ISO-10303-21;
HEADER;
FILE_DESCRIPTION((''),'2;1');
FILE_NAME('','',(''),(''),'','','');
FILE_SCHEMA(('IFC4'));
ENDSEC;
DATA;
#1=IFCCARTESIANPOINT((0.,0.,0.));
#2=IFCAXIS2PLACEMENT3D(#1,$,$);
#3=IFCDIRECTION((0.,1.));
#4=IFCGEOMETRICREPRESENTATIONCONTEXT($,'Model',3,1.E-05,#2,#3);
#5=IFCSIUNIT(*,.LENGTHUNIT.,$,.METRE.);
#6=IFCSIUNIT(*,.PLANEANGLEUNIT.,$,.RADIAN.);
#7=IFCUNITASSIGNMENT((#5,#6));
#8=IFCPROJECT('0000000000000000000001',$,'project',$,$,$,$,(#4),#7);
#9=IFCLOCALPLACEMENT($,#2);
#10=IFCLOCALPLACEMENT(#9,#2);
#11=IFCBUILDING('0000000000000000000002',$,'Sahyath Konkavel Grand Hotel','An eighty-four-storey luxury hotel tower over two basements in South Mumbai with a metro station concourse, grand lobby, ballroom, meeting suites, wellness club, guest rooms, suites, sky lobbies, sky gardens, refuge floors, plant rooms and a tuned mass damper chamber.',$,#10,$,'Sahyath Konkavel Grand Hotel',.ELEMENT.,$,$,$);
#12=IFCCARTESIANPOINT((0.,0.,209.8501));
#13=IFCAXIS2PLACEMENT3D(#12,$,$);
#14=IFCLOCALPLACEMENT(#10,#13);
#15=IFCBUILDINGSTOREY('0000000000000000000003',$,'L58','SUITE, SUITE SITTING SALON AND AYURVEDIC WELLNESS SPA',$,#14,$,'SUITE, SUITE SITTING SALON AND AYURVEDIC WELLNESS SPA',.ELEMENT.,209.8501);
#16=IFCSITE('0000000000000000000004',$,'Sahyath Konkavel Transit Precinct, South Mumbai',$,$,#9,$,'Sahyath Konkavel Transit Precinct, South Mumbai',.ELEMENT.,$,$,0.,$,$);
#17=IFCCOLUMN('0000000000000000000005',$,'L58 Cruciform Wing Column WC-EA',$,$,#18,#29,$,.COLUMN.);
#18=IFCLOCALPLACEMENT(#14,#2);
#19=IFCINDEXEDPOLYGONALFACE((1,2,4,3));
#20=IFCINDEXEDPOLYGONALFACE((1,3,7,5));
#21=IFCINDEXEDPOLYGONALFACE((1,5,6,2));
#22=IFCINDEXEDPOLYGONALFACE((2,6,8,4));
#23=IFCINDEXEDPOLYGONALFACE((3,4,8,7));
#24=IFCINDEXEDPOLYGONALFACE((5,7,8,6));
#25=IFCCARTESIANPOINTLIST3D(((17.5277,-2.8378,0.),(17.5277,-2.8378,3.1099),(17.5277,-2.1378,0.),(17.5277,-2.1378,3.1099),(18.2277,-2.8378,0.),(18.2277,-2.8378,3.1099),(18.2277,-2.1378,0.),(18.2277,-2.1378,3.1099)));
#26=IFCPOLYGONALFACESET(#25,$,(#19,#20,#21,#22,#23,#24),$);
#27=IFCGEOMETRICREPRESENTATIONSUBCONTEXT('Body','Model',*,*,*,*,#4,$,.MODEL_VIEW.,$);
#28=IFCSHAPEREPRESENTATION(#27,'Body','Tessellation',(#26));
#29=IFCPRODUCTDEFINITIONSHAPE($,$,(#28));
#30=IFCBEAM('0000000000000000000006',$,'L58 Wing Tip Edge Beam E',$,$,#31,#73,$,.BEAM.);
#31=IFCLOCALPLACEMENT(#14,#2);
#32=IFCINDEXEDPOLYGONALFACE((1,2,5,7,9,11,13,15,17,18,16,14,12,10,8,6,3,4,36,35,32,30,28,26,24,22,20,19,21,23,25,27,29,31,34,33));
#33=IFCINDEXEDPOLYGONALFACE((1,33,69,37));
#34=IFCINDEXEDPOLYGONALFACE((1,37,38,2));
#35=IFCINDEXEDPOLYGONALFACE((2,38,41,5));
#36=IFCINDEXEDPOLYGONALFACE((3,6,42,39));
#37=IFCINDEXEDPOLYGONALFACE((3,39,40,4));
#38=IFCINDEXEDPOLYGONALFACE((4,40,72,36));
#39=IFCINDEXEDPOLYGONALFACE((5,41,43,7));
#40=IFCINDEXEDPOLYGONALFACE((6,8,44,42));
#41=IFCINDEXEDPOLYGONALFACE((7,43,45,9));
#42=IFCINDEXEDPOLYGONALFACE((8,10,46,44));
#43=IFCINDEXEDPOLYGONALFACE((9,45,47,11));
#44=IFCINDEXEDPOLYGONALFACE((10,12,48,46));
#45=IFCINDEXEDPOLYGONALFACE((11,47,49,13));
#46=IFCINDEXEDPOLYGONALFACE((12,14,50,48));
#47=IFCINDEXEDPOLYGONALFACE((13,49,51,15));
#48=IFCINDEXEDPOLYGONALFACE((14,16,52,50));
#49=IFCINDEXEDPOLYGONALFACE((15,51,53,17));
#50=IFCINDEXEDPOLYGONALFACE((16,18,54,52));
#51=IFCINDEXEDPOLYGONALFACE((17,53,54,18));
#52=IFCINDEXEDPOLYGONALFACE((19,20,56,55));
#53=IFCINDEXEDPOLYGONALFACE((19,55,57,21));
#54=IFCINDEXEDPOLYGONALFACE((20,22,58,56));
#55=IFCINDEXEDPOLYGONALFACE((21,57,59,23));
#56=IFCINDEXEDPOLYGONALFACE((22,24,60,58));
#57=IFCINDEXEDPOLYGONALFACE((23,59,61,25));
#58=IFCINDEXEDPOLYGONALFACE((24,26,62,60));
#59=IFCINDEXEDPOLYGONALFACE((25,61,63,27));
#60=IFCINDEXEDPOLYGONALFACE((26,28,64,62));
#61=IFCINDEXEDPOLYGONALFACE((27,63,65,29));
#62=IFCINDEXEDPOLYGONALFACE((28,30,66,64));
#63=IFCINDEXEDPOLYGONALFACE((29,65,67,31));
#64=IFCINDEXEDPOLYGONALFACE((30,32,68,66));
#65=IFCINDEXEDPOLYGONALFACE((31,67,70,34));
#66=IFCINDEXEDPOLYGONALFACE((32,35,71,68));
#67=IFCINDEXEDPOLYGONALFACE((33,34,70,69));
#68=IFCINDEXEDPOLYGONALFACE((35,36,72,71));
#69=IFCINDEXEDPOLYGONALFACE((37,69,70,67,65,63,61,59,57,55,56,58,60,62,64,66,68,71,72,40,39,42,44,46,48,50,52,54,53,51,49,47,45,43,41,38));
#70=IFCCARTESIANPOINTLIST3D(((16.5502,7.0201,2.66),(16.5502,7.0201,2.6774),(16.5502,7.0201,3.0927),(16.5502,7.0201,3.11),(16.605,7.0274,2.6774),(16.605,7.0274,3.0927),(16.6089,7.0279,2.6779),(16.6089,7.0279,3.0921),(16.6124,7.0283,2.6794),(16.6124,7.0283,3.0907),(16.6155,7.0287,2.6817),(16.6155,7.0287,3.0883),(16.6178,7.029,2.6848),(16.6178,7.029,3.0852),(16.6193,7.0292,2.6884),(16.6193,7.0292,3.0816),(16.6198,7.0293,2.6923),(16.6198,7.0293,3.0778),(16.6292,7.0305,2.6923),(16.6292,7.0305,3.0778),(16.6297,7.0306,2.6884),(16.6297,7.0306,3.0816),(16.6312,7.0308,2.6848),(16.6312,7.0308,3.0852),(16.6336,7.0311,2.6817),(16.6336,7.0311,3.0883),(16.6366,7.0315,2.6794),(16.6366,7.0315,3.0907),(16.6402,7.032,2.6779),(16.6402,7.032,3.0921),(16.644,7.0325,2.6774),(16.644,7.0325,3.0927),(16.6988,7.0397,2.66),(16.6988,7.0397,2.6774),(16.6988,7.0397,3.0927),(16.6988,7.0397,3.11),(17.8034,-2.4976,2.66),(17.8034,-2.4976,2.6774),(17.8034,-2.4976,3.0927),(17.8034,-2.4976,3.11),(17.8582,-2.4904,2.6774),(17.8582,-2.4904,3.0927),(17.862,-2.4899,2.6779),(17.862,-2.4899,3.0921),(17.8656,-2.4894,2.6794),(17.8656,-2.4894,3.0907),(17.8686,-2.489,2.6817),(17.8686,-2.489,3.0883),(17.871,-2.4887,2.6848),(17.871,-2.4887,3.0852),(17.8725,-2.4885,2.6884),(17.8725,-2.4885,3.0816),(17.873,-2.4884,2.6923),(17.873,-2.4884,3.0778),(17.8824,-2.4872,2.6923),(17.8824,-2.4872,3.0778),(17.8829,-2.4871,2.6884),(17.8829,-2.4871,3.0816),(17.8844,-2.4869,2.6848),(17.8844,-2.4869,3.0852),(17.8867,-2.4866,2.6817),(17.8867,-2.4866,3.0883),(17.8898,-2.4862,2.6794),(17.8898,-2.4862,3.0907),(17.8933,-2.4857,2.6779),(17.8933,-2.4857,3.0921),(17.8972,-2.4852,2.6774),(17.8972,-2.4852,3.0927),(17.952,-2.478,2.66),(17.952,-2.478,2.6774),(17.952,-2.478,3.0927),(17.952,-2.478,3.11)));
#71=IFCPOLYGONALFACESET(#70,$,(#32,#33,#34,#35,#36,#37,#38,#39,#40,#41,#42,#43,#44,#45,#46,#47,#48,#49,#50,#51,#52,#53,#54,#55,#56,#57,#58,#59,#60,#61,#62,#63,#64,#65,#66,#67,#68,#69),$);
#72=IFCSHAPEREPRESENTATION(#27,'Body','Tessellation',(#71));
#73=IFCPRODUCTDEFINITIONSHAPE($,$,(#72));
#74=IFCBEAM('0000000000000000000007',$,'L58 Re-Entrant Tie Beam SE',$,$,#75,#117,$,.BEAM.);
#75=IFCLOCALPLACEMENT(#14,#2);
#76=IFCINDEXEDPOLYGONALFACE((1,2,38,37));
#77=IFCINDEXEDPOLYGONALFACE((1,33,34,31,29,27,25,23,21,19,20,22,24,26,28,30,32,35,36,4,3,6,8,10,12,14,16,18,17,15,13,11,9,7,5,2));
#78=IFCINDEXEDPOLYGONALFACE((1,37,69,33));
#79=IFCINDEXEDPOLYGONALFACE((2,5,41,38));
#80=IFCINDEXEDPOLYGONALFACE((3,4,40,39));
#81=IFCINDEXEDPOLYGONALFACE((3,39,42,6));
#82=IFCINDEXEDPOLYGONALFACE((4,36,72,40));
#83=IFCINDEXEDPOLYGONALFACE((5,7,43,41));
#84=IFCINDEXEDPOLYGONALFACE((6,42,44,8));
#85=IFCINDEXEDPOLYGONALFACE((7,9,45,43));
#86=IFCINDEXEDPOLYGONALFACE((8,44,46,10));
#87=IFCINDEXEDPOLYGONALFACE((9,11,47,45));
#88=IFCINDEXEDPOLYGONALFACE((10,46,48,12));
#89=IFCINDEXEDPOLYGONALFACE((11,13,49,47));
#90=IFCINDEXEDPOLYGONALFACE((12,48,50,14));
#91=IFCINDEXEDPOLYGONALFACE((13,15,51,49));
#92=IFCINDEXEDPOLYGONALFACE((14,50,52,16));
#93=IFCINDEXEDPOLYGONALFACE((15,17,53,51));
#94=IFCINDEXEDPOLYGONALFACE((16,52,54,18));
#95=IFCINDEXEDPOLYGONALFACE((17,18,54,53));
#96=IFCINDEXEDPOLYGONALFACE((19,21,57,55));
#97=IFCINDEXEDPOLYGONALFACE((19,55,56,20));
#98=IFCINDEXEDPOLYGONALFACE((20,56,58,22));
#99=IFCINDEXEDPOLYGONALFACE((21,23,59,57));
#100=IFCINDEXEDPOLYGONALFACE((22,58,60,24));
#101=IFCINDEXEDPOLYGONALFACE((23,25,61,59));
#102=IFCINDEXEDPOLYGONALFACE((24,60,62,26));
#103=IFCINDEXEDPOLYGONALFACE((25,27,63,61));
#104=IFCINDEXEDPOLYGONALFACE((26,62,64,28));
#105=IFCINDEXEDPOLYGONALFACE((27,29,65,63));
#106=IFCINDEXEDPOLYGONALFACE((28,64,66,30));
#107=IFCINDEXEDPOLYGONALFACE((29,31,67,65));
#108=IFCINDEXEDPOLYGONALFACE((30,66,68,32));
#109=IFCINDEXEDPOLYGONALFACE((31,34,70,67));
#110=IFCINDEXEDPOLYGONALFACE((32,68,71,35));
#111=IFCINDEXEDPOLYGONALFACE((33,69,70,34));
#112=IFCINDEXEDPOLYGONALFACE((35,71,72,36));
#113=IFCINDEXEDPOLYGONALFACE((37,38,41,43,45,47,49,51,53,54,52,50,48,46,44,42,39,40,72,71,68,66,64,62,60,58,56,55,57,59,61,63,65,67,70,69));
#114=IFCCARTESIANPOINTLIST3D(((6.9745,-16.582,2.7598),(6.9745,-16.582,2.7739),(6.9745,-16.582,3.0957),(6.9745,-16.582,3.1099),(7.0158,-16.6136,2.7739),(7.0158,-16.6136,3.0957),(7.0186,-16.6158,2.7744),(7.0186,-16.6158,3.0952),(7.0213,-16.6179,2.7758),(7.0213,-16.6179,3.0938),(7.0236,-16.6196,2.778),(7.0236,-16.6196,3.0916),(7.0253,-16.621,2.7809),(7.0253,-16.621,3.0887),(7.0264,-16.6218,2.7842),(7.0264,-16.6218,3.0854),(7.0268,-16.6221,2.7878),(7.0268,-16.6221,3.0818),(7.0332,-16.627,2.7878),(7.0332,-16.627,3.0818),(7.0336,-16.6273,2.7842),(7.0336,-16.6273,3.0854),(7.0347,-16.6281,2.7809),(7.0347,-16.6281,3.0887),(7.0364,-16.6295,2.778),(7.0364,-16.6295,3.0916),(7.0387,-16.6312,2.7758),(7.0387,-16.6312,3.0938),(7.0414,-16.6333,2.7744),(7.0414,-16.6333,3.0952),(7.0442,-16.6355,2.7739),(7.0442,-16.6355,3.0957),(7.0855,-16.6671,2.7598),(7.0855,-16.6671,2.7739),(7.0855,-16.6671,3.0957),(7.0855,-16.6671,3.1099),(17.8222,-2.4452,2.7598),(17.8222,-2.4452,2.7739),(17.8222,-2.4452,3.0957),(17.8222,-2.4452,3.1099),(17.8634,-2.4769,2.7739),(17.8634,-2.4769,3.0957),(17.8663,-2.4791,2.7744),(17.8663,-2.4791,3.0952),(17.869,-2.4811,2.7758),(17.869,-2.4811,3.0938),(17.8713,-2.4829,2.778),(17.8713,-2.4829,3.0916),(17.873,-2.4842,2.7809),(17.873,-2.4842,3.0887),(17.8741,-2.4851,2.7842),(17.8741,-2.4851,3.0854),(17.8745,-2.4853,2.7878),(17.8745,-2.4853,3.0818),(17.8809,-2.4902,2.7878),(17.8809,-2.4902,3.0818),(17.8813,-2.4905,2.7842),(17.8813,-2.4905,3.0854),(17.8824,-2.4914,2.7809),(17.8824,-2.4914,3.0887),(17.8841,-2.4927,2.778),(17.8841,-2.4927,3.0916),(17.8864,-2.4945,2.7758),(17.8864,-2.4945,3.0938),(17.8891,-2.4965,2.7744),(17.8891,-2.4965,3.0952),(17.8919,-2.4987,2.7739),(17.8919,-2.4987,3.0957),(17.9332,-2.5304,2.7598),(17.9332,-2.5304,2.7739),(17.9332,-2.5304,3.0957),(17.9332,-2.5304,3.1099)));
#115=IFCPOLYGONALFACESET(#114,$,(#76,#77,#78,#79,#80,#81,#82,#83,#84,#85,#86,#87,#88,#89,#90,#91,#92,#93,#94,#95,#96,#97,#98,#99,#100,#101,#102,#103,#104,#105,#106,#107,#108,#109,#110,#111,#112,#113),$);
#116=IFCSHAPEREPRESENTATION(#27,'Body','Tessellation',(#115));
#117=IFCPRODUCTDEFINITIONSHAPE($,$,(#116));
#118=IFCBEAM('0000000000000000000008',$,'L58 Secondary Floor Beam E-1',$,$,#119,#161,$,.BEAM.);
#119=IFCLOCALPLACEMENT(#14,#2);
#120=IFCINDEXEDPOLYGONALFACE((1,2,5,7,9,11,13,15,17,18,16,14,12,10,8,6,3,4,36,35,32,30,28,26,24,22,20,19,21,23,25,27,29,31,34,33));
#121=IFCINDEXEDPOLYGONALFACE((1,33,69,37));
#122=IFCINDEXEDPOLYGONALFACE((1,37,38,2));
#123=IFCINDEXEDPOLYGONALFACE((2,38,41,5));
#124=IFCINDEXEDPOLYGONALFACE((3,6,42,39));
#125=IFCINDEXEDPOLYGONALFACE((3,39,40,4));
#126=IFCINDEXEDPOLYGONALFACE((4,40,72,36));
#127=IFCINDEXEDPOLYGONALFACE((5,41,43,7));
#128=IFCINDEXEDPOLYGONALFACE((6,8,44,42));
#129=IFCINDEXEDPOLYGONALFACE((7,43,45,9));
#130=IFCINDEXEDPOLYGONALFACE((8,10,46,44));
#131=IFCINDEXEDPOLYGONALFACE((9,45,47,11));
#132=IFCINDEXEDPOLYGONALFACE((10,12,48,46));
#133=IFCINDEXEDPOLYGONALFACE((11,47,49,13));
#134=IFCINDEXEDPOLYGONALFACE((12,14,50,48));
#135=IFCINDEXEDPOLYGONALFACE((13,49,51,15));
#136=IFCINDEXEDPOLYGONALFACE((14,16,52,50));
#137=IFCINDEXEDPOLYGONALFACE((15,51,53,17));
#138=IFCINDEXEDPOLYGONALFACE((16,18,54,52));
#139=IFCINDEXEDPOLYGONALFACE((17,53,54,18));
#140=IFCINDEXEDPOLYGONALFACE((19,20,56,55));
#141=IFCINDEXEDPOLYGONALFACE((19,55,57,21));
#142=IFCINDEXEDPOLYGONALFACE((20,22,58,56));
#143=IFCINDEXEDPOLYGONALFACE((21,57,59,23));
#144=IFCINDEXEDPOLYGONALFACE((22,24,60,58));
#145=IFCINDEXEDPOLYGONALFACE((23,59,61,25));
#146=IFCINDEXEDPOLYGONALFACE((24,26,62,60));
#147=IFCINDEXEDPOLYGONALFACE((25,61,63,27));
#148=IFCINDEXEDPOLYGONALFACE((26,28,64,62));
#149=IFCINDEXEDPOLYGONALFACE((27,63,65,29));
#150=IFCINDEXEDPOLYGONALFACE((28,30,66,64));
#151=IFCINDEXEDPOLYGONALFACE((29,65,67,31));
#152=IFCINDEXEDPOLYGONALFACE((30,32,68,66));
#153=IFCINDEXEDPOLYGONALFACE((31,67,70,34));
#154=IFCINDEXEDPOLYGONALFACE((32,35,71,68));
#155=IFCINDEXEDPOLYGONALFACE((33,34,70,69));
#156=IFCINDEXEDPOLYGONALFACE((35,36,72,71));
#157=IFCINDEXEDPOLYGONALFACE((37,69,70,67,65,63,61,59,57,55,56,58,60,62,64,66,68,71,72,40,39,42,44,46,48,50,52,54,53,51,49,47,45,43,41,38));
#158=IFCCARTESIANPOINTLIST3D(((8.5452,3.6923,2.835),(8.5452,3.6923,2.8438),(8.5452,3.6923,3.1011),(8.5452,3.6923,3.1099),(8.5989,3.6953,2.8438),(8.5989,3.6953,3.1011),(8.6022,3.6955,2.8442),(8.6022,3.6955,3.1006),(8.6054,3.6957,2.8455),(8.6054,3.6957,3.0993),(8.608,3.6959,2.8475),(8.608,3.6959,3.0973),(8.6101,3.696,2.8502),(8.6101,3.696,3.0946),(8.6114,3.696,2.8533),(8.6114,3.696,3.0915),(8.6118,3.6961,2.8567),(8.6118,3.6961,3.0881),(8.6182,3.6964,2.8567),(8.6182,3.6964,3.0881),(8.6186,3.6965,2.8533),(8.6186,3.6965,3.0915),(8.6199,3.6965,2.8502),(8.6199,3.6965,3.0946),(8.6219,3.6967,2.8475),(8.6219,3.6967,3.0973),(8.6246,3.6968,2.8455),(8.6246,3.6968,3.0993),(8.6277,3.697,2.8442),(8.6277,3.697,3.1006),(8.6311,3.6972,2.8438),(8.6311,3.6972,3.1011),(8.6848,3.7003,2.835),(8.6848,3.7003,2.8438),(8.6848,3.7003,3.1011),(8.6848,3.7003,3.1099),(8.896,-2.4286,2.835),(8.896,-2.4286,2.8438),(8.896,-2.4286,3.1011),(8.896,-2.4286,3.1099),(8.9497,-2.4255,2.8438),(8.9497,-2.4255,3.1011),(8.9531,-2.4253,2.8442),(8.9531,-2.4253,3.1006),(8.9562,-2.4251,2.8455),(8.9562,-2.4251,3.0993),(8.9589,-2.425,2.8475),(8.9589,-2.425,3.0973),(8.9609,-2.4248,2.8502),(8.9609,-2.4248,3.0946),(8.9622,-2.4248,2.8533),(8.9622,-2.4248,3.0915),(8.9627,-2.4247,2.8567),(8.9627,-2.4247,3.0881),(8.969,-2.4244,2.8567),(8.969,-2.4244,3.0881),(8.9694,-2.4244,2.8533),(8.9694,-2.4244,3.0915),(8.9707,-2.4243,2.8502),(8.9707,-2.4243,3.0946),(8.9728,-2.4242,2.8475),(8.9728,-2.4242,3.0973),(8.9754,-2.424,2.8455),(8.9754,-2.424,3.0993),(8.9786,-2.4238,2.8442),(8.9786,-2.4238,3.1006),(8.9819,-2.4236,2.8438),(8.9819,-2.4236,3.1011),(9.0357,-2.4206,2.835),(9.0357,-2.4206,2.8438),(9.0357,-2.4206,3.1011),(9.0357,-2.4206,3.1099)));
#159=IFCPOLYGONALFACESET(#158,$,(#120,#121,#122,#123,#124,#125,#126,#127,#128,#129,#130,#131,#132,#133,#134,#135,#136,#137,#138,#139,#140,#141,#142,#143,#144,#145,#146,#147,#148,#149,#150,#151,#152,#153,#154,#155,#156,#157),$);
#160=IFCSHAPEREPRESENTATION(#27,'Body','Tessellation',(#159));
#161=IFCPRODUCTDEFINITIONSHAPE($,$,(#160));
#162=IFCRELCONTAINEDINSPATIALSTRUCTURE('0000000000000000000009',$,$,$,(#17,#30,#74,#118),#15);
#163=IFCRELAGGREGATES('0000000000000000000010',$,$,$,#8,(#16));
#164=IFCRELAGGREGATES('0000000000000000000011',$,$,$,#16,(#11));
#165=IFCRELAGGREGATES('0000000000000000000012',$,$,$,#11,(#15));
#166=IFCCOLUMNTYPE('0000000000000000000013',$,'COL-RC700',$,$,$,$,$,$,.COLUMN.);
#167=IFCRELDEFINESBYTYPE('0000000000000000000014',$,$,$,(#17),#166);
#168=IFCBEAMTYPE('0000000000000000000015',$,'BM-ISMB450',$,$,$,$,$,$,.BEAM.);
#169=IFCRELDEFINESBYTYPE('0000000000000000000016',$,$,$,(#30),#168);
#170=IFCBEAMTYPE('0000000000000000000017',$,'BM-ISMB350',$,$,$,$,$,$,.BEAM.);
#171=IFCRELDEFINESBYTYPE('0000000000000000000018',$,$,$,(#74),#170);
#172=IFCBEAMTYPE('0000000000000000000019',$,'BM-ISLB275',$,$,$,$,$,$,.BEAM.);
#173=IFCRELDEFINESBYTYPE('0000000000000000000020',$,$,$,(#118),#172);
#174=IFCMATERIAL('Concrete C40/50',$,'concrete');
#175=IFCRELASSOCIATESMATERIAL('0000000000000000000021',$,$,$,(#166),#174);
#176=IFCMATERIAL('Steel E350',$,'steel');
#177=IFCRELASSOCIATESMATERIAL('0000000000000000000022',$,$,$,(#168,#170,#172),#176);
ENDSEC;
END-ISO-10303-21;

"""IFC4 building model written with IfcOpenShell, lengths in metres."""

from ifc_helpers import new_model, si_unit, direction, frame, origin, origin_2d, place, context, subcontext, project, spatial, rectangle, i_section, extrude, source, transform, mapped, material, material_profile, profile_set, type_object, element, save


model = new_model("IFC4")

# Units and contexts
model_context = context("Model", 3, precision=1e-05, world=origin(), true_north=direction((0.0, 1.0)))
body_context = subcontext(model_context, "Body", "Model", "MODEL_VIEW")
ifc_project = project(units=[si_unit("LENGTHUNIT", "METRE"), si_unit("PLANEANGLEUNIT", "RADIAN")], contexts=[model_context])

# Site, building, storey
site_placement = place(None, origin())
site = spatial("IfcSite", under=ifc_project, at=site_placement, Name="Sahyath Konkavel Transit Precinct, South Mumbai", LongName="Sahyath Konkavel Transit Precinct, South Mumbai", CompositionType="ELEMENT", RefElevation=0.0)
building_placement = place(site_placement, origin())
building = spatial("IfcBuilding", under=site, at=building_placement, Name="Sahyath Konkavel Grand Hotel", Description="An eighty-four-storey luxury hotel tower over two basements in South Mumbai with a metro station concourse, grand lobby, ballroom, meeting suites, wellness club, guest rooms, suites, sky lobbies, sky gardens, refuge floors, plant rooms and a tuned mass damper chamber.", LongName="Sahyath Konkavel Grand Hotel", CompositionType="ELEMENT")
storey_placement = place(building_placement, frame((0.0, 0.0, 209.8501)))
storey = spatial("IfcBuildingStorey", under=building, at=storey_placement, Name="L58", Description="SUITE, SUITE SITTING SALON AND AYURVEDIC WELLNESS SPA", LongName="SUITE, SUITE SITTING SALON AND AYURVEDIC WELLNESS SPA", CompositionType="ELEMENT", Elevation=209.8501)

# Column
ifc_material_1 = material(Name="Concrete C40/50", Category="concrete")
ifc_material_profile_1 = material_profile(ifc_material_1, rectangle(XDim=0.7, YDim=0.7, at=origin_2d()), Name="RC 700x700")
ifc_profile_set_1 = profile_set([ifc_material_profile_1], Name="Concrete C40/50")
column_type = type_object("IfcColumnType", Name="COL-RC700", PredefinedType="COLUMN", material=ifc_profile_set_1)
shared_shape_1 = source(origin(), body_context, "Body", "SweptSolid", [
    extrude(rectangle(XDim=0.7, YDim=0.7, at=origin_2d()), origin(), (0.0, 0.0, 1.0), 3.1099),
])
column_placement = place(storey_placement, frame((17.8777, -2.4878, 0.0), z_axis=(0.0, 0.0, 1.0), x_axis=(1.0, 0.0, 0.0)))
element("IfcColumn", 1, at=column_placement, inside=storey, type_object=column_type, Name="L58 Cruciform Wing Column WC-EA", PredefinedType="COLUMN", context=body_context, shape_type="MappedRepresentation", body=[
    mapped(shared_shape_1, transform((0.0, 0.0, 0.0), scale=1.0)),
])

# Beams
ifc_material_2 = material(Name="Steel E350", Category="steel")
ifc_material_profile_2 = material_profile(ifc_material_2, i_section(OverallWidth=0.1499, OverallDepth=0.45, WebThickness=0.0095, FlangeThickness=0.0173, FilletRadius=0.0149, at=origin_2d()), Name="ISMB 450")
ifc_profile_set_2 = profile_set([ifc_material_profile_2], Name="Steel E350")
beam_type_1 = type_object("IfcBeamType", Name="BM-ISMB450", PredefinedType="BEAM", material=ifc_profile_set_2)
shared_shape_2 = source(origin(), body_context, "Body", "SweptSolid", [
    extrude(i_section(OverallWidth=0.1499, OverallDepth=0.45, WebThickness=0.0095, FlangeThickness=0.0173, FilletRadius=0.0149, at=origin_2d()), origin(), (0.0, 0.0, 1.0), 9.5999),
])
beam_1_placement = place(storey_placement, frame((17.8777, -2.4878, 2.885), z_axis=(-0.130539, 0.991443, 0.0), x_axis=(-0.991443, -0.130539, 0.0)))
element("IfcBeam", 2, at=beam_1_placement, inside=storey, type_object=beam_type_1, Name="L58 Wing Tip Edge Beam E", PredefinedType="BEAM", context=body_context, shape_type="MappedRepresentation", body=[
    mapped(shared_shape_2, transform((0.0, 0.0, 0.0), scale=1.0)),
])
ifc_material_profile_3 = material_profile(ifc_material_2, i_section(OverallWidth=0.1399, OverallDepth=0.3501, WebThickness=0.0081, FlangeThickness=0.0142, FilletRadius=0.0139, at=origin_2d()), Name="ISMB 350")
ifc_profile_set_3 = profile_set([ifc_material_profile_3], Name="Steel E350")
beam_type_2 = type_object("IfcBeamType", Name="BM-ISMB350", PredefinedType="BEAM", material=ifc_profile_set_3)
shared_shape_3 = source(origin(), body_context, "Body", "SweptSolid", [
    extrude(i_section(OverallWidth=0.1399, OverallDepth=0.3501, WebThickness=0.0081, FlangeThickness=0.0142, FilletRadius=0.0139, at=origin_2d()), origin(), (0.0, 0.0, 1.0), 17.8191),
])
beam_2_placement = place(storey_placement, frame((17.8777, -2.4878, 2.9348), z_axis=(-0.608767, -0.793349, 0.0), x_axis=(0.793349, -0.608767, 0.0)))
element("IfcBeam", 3, at=beam_2_placement, inside=storey, type_object=beam_type_2, Name="L58 Re-Entrant Tie Beam SE", PredefinedType="BEAM", context=body_context, shape_type="MappedRepresentation", body=[
    mapped(shared_shape_3, transform((0.0, 0.0, 0.0), scale=1.0)),
])
ifc_material_profile_4 = material_profile(ifc_material_2, i_section(OverallWidth=0.1399, OverallDepth=0.2749, WebThickness=0.0063, FlangeThickness=0.0088, FilletRadius=0.0129, at=origin_2d()), Name="ISLB 275")
ifc_profile_set_4 = profile_set([ifc_material_profile_4], Name="Steel E350")
beam_type_3 = type_object("IfcBeamType", Name="BM-ISLB275", PredefinedType="BEAM", material=ifc_profile_set_4)
shared_shape_4 = source(origin(), body_context, "Body", "SweptSolid", [
    extrude(i_section(OverallWidth=0.1399, OverallDepth=0.2749, WebThickness=0.0063, FlangeThickness=0.0088, FilletRadius=0.0129, at=origin_2d()), origin(), (0.0, 0.0, 1.0), 6.1309),
])
beam_3_placement = place(storey_placement, frame((8.9658, -2.4246, 2.9724), z_axis=(-0.057223, 0.998361, 0.0), x_axis=(-0.998361, -0.057223, 0.0)))
element("IfcBeam", 4, at=beam_3_placement, inside=storey, type_object=beam_type_3, Name="L58 Secondary Floor Beam E-1", PredefinedType="BEAM", context=body_context, shape_type="MappedRepresentation", body=[
    mapped(shared_shape_4, transform((0.0, 0.0, 0.0), scale=1.0)),
])

save(model, "model.ifc")
